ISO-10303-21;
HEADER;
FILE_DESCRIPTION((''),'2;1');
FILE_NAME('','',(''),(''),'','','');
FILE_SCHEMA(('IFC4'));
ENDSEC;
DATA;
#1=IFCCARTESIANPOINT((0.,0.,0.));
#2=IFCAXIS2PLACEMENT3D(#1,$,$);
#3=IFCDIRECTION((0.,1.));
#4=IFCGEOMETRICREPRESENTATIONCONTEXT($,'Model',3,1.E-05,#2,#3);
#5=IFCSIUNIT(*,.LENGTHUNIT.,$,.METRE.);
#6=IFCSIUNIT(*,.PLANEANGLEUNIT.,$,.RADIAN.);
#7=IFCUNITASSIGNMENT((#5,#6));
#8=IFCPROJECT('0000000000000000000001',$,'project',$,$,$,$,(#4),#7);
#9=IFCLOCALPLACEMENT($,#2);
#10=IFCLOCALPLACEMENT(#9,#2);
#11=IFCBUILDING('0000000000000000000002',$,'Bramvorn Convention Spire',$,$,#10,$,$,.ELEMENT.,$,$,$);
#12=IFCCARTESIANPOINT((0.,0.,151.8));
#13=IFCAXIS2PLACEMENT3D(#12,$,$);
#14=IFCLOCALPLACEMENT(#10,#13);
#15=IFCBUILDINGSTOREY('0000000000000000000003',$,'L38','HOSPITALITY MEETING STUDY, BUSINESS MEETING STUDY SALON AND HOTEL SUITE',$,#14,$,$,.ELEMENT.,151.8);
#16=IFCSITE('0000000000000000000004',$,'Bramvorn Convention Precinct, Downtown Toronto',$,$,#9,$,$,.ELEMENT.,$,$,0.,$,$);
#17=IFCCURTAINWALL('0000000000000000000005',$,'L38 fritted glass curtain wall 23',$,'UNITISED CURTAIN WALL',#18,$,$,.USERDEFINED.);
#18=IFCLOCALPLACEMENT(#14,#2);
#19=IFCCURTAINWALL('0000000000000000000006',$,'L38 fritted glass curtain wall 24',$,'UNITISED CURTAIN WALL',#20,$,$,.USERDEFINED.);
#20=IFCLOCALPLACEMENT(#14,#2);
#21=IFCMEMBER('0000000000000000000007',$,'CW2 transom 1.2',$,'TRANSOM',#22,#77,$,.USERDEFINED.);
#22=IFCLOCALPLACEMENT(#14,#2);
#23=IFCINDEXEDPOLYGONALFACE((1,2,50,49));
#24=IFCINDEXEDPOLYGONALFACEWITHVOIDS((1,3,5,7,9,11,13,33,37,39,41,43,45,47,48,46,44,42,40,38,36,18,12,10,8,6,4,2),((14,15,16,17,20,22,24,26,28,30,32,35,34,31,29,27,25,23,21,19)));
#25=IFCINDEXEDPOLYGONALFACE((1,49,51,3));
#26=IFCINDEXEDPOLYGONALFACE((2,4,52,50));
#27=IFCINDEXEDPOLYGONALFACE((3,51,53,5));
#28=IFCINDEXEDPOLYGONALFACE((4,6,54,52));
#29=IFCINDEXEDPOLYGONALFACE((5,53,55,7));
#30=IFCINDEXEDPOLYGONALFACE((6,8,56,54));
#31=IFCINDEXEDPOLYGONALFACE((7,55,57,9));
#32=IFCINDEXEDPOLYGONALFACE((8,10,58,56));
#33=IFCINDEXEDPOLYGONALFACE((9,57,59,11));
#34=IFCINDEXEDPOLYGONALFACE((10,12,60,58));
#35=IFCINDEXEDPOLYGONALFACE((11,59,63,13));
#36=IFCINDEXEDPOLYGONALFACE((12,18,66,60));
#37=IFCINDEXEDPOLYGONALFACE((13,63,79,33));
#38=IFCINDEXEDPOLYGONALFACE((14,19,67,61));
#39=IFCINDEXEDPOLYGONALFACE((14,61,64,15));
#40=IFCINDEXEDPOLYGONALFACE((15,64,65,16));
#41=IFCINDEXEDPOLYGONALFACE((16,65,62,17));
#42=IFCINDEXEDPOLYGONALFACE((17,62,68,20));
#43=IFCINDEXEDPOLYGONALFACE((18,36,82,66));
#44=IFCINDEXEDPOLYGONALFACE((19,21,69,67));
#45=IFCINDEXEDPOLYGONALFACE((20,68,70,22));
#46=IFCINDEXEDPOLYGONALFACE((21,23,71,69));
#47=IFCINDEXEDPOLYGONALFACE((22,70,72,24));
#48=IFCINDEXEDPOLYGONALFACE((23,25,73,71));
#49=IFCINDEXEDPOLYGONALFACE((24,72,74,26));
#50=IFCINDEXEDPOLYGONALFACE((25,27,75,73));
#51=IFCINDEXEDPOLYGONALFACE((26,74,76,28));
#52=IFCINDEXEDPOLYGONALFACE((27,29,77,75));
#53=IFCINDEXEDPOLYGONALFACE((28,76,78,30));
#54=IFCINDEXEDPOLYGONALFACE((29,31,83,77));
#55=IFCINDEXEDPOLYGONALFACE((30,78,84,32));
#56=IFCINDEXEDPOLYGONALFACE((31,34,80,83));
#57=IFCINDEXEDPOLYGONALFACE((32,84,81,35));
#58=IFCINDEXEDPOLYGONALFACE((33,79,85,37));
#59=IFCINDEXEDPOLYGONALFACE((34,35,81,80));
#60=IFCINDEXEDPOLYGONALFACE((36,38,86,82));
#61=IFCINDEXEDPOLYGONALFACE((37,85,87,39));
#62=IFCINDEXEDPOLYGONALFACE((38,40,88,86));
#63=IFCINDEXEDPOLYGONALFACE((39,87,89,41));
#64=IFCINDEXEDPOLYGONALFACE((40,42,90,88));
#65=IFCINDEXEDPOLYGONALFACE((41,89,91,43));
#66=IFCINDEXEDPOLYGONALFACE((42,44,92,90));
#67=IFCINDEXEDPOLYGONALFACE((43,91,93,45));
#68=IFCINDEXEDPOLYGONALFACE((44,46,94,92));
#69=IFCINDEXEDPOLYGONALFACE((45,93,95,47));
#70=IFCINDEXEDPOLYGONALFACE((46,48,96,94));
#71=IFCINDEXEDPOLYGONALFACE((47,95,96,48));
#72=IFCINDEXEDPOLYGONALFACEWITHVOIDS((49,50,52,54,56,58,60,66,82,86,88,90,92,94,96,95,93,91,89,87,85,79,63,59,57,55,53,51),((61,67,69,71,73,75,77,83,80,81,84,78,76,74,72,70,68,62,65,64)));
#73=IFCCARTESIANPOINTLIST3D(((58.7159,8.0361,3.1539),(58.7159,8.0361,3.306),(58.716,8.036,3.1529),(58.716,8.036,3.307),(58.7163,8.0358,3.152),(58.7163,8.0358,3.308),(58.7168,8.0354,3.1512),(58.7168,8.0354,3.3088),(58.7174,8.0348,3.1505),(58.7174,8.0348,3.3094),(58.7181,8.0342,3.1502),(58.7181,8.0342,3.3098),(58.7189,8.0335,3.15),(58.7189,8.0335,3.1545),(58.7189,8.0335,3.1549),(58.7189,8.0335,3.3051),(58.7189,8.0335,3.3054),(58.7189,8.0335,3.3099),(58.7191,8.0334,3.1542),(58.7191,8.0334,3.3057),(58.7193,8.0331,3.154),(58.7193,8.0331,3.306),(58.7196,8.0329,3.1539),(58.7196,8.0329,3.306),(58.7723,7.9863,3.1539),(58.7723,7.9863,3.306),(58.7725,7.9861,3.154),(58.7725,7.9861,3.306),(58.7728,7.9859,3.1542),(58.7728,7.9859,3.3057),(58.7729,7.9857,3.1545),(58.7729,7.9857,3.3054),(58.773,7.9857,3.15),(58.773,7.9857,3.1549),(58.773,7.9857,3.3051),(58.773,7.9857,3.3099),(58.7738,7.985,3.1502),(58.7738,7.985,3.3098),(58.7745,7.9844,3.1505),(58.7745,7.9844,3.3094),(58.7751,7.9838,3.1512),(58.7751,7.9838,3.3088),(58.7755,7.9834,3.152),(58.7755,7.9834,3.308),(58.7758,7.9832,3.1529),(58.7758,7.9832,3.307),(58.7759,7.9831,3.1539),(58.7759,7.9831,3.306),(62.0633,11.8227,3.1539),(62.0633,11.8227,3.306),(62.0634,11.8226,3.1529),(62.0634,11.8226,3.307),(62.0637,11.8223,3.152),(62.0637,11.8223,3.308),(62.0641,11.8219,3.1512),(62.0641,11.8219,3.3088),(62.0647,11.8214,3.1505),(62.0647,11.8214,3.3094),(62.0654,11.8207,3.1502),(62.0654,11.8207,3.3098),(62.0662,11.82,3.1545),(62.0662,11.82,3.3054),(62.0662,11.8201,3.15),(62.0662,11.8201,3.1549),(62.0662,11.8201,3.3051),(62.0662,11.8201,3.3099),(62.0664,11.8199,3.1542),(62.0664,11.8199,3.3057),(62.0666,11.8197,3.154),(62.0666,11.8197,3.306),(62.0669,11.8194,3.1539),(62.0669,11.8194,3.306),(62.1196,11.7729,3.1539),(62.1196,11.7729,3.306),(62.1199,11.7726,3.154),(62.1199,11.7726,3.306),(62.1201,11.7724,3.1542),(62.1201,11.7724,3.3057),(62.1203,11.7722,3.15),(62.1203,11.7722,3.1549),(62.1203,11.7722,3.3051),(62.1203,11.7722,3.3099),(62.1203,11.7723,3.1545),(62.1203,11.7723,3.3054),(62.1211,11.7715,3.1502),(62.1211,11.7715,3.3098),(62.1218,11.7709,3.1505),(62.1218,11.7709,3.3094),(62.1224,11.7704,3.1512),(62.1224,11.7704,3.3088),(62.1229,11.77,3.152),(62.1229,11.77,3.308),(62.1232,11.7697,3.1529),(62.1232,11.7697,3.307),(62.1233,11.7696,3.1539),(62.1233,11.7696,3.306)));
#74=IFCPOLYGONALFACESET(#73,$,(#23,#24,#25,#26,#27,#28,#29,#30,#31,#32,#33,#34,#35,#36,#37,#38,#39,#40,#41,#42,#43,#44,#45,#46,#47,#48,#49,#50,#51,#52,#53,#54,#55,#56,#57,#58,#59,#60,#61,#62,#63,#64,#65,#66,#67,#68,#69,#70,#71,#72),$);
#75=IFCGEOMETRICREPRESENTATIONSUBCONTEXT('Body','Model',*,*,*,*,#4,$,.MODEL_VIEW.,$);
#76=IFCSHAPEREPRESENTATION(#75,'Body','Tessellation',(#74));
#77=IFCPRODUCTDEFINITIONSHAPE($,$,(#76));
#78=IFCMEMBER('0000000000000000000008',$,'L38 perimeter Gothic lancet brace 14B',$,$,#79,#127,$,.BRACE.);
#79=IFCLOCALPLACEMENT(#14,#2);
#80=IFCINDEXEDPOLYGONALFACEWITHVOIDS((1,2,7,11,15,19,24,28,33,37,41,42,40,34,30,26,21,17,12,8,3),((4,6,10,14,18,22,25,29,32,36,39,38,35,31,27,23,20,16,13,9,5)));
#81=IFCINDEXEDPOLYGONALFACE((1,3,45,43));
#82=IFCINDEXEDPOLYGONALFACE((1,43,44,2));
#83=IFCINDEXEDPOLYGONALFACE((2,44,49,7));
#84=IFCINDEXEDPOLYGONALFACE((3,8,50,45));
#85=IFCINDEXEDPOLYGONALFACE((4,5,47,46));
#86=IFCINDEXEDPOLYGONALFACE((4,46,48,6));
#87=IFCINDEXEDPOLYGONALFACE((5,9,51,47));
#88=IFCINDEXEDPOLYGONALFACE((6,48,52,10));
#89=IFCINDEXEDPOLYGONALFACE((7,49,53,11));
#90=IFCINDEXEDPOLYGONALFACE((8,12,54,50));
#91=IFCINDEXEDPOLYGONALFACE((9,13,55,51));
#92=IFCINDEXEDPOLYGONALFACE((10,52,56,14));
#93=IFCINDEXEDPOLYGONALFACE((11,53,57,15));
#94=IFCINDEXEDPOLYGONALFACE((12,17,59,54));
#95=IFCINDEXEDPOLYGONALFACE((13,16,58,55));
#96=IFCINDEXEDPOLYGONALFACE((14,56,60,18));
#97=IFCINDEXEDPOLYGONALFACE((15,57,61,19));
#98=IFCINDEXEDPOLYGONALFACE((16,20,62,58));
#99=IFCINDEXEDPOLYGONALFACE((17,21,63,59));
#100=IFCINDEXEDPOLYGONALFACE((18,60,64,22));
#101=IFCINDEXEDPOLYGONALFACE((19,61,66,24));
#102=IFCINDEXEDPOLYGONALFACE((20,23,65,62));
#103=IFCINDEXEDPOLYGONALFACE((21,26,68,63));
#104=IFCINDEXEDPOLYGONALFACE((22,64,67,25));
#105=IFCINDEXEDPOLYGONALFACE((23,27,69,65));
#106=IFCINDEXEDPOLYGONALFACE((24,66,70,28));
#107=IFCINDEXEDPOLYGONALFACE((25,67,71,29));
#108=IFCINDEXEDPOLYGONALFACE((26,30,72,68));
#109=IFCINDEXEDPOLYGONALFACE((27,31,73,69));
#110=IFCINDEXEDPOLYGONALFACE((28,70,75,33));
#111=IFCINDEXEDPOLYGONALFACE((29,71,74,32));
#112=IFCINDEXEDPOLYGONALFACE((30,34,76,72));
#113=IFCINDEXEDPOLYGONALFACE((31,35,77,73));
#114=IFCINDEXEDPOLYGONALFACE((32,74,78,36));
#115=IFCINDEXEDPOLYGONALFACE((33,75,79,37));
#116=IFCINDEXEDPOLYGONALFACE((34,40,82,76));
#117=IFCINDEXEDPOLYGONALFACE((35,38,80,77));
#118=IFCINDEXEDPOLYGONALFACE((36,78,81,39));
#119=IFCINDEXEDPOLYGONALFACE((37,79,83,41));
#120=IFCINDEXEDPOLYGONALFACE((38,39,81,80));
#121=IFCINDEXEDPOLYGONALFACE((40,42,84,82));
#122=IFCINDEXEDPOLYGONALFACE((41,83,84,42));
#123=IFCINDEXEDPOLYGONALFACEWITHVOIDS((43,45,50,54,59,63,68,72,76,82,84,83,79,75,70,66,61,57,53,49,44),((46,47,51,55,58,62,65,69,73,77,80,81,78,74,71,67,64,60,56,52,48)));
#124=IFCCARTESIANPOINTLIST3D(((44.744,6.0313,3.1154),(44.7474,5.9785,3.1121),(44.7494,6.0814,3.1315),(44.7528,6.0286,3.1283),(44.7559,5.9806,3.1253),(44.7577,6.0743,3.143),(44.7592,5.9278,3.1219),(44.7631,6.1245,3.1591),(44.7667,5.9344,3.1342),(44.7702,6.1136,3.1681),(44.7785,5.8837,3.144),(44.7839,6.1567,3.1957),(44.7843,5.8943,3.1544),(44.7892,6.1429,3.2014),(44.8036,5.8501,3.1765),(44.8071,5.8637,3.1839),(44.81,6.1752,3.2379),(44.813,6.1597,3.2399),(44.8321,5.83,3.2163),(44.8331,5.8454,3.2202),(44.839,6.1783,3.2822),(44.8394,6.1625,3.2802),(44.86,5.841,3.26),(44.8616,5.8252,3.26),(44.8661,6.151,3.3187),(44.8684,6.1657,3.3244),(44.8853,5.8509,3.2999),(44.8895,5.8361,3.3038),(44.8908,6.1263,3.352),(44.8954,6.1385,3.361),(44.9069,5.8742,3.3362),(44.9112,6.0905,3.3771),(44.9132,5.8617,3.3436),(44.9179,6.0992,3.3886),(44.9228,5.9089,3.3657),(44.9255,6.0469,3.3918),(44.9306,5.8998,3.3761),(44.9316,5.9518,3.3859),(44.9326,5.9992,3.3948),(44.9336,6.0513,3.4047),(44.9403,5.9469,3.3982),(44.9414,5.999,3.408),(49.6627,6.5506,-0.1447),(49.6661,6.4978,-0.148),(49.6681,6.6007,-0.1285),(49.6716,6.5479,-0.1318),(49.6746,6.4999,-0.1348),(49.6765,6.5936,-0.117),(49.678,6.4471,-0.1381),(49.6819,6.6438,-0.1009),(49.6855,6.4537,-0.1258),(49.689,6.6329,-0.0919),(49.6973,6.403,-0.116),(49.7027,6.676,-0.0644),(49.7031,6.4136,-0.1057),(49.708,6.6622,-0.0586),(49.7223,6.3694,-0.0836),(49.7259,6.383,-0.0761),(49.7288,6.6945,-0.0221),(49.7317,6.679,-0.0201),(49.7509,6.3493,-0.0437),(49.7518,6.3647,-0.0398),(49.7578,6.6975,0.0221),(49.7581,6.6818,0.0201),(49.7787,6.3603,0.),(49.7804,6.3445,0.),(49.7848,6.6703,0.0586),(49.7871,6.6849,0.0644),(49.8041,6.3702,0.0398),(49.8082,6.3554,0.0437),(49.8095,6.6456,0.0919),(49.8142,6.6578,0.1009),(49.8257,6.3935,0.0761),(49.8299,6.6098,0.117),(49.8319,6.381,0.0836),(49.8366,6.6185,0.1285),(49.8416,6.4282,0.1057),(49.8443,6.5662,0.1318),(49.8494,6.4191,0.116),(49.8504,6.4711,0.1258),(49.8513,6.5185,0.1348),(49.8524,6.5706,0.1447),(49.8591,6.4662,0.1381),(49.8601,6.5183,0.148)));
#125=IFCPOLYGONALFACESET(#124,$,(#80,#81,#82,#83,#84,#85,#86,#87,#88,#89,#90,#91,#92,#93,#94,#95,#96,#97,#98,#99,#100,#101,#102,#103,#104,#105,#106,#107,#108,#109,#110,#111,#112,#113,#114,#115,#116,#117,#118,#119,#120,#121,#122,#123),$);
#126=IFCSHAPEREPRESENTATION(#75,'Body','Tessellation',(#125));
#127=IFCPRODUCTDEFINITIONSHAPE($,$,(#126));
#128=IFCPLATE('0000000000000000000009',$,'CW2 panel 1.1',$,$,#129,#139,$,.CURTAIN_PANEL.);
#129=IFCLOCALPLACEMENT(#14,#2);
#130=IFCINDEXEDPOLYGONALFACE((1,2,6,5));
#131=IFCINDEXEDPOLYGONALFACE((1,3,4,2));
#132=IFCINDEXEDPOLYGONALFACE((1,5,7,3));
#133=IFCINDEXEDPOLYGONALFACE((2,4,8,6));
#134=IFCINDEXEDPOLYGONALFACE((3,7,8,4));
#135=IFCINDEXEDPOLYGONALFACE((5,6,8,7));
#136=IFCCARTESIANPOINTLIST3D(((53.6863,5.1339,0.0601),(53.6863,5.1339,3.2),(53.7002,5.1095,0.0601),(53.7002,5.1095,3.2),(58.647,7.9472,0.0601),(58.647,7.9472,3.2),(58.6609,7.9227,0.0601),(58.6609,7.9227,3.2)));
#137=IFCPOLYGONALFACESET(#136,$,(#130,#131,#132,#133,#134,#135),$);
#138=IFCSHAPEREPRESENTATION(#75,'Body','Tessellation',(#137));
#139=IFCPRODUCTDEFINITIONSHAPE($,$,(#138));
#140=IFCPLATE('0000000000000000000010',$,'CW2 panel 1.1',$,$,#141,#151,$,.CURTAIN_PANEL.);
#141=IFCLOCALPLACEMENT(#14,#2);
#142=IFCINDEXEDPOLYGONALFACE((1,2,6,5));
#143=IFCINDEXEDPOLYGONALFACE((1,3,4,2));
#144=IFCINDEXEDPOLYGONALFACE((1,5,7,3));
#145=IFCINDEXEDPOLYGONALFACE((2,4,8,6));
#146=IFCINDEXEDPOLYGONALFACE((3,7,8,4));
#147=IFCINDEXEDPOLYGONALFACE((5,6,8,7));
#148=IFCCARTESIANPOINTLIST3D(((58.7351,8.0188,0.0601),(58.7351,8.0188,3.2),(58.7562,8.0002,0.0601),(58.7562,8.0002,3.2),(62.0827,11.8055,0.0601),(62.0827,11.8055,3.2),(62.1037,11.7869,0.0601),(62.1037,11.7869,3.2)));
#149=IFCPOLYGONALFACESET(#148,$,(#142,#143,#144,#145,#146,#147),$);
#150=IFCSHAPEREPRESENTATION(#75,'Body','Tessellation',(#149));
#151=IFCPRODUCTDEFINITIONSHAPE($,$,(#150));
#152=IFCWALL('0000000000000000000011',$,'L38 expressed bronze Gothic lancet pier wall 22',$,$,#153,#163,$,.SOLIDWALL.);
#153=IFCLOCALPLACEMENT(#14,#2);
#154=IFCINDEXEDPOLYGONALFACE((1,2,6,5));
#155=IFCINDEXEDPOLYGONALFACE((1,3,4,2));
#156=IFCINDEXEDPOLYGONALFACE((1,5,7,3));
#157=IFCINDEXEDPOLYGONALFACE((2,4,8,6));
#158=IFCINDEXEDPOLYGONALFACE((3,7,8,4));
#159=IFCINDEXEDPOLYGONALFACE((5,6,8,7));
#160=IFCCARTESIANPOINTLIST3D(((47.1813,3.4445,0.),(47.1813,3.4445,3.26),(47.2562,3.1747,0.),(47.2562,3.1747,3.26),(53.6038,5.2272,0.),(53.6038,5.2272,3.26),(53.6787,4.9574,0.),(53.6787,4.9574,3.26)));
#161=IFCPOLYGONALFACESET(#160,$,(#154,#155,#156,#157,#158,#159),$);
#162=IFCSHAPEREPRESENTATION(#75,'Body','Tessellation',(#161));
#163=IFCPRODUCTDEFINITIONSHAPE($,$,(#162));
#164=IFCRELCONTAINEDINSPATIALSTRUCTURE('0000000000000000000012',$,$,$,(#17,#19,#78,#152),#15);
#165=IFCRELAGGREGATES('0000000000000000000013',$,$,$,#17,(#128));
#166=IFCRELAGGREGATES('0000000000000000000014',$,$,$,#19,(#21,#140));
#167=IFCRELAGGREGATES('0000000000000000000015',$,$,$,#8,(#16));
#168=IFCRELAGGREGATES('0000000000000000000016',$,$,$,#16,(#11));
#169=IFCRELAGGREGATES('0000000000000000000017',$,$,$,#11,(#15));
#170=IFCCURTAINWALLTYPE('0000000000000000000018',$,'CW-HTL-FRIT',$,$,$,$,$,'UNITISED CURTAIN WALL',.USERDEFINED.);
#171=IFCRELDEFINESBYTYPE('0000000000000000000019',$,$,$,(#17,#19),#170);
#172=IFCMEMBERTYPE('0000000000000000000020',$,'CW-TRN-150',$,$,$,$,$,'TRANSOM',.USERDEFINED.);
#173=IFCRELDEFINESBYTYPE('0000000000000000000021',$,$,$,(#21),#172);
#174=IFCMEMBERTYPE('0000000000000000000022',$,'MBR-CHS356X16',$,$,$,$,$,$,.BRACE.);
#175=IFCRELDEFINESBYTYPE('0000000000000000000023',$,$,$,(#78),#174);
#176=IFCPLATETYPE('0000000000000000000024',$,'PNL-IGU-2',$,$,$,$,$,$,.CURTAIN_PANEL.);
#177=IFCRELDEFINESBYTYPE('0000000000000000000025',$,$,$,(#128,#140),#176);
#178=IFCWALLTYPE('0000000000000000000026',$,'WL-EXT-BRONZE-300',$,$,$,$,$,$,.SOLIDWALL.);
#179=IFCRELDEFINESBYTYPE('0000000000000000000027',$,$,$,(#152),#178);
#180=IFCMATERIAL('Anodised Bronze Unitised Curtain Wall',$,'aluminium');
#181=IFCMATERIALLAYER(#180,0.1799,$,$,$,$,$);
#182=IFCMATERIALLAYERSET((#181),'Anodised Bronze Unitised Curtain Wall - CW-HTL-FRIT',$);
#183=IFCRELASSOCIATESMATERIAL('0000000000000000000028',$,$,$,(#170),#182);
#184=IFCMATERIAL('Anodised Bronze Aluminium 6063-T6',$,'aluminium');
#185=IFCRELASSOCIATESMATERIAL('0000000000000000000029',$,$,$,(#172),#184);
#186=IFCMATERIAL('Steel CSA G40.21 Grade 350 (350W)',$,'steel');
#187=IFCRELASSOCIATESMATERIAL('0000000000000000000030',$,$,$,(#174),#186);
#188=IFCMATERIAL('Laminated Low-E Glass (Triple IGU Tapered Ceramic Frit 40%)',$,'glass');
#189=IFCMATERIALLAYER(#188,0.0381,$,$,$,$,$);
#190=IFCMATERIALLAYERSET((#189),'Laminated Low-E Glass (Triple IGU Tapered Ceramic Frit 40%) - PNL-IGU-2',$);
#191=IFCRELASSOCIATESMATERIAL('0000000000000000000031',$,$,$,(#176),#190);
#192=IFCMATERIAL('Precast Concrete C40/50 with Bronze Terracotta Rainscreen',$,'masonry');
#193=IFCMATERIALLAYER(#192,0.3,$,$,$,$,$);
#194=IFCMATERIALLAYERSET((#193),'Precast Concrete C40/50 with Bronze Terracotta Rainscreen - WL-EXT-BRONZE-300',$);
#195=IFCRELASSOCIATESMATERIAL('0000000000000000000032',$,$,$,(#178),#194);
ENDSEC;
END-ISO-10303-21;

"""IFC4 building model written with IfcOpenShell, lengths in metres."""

from ifc_helpers import new_model, si_unit, direction, frame, frame_2d, origin, origin_2d, place, context, subcontext, project, spatial, rectangle, hollow_rectangle, hollow_circle, extrude, material, layer, layer_set, material_profile, profile_set, type_object, element, aggregate, save


model = new_model("IFC4")

# Units and contexts
model_context = context("Model", 3, precision=1e-05, world=origin(), true_north=direction((0.0, 1.0)))
body_context = subcontext(model_context, "Body", "Model", "MODEL_VIEW")
ifc_project = project(units=[si_unit("LENGTHUNIT", "METRE"), si_unit("PLANEANGLEUNIT", "RADIAN")], contexts=[model_context])

# Site, building, storey
site_placement = place(None, origin())
site = spatial("IfcSite", under=ifc_project, at=site_placement, Name="Bramvorn Convention Precinct, Downtown Toronto", CompositionType="ELEMENT", RefElevation=0.0)
building_placement = place(site_placement, origin())
building = spatial("IfcBuilding", under=site, at=building_placement, Name="Bramvorn Convention Spire", CompositionType="ELEMENT")
storey_placement = place(building_placement, frame((0.0, 0.0, 151.8)))
storey = spatial("IfcBuildingStorey", under=building, at=storey_placement, Name="L38", Description="HOSPITALITY MEETING STUDY, BUSINESS MEETING STUDY SALON AND HOTEL SUITE", CompositionType="ELEMENT", Elevation=151.8)

# Shared definitions
ifc_material_1 = material(Name="Steel CSA G40.21 Grade 350 (350W)", Category="steel")

# Curtain walls
ifc_material_2 = material(Name="Anodised Bronze Unitised Curtain Wall", Category="aluminium")
ifc_layer_1 = layer(ifc_material_2, 0.1799)
ifc_layer_set_1 = layer_set([ifc_layer_1], Name="Anodised Bronze Unitised Curtain Wall - CW-HTL-FRIT")
curtain_wall_type = type_object("IfcCurtainWallType", Name="CW-HTL-FRIT", ElementType="UNITISED CURTAIN WALL", PredefinedType="USERDEFINED", material=ifc_layer_set_1)
curtain_wall_1_placement = place(storey_placement, origin())
curtain_wall_1 = element("IfcCurtainWall", 1, at=curtain_wall_1_placement, inside=storey, type_object=curtain_wall_type, Name="L38 fritted glass curtain wall 23", ObjectType="UNITISED CURTAIN WALL", PredefinedType="USERDEFINED")
ifc_material_3 = material(Name="Anodised Bronze Aluminium 6063-T6", Category="aluminium")
curtain_wall_2_placement = place(storey_placement, origin())
curtain_wall_2 = element("IfcCurtainWall", 2, at=curtain_wall_2_placement, inside=storey, type_object=curtain_wall_type, Name="L38 fritted glass curtain wall 24", ObjectType="UNITISED CURTAIN WALL", PredefinedType="USERDEFINED")

# Members
ifc_material_profile_1 = material_profile(ifc_material_3, hollow_rectangle(XDim=0.0801, YDim=0.1599, WallThickness=0.0039, InnerFilletRadius=0.001, OuterFilletRadius=0.0039, at=origin_2d()))
ifc_profile_set_1 = profile_set([ifc_material_profile_1], Name="Anodised Bronze Aluminium 6063-T6 - CWT80X160")
member_type_1 = type_object("IfcMemberType", Name="CW-TRN-150", ElementType="TRANSOM", PredefinedType="USERDEFINED", material=ifc_profile_set_1)
member_1_placement = place(storey_placement, frame((62.0933, 11.7961, 3.23), z_axis=(-0.66232, -0.749221, 0.0), x_axis=(0.749221, -0.66232, 0.0)))
member_1 = element("IfcMember", 3, at=member_1_placement, type_object=member_type_1, Name="CW2 transom 1.2", ObjectType="TRANSOM", PredefinedType="USERDEFINED", context=body_context, shape_type="SweptSolid", body=[
    extrude(hollow_rectangle(XDim=0.0801, YDim=0.1599, WallThickness=0.0039, InnerFilletRadius=0.001, OuterFilletRadius=0.0039, at=origin_2d()), origin(), (0.0, 0.0, 1.0), 5.054),
])
ifc_material_profile_2 = material_profile(ifc_material_1, hollow_circle(Radius=0.1777, WallThickness=0.0159, at=origin_2d()))
ifc_profile_set_2 = profile_set([ifc_material_profile_2], Name="Steel CSA G40.21 Grade 350 (350W) - CHS356X16")
member_type_2 = type_object("IfcMemberType", Name="MBR-CHS356X16", PredefinedType="BRACE", material=ifc_profile_set_2)
member_2_placement = place(storey_placement, frame((49.7617, 6.5212, 0.0), z_axis=(-0.830334, -0.087662, 0.550328), x_axis=(0.104991, -0.994473, 0.0)))
element("IfcMember", 4, at=member_2_placement, inside=storey, type_object=member_type_2, Name="L38 perimeter Gothic lancet brace 14B", PredefinedType="BRACE", context=body_context, shape_type="SweptSolid", body=[
    extrude(hollow_circle(Radius=0.1777, WallThickness=0.0159, at=origin_2d()), origin(), (0.0, 0.0, 1.0), 5.9238),
])

# Plates
ifc_material_4 = material(Name="Laminated Low-E Glass (Triple IGU Tapered Ceramic Frit 40%)", Category="glass")
ifc_layer_2 = layer(ifc_material_4, 0.0381)
ifc_layer_set_2 = layer_set([ifc_layer_2], Name="Laminated Low-E Glass (Triple IGU Tapered Ceramic Frit 40%) - PNL-IGU-2")
plate_type = type_object("IfcPlateType", Name="PNL-IGU-2", PredefinedType="CURTAIN_PANEL", material=ifc_layer_set_2)
plate_1_placement = place(storey_placement, frame((56.1736, 6.5283, 0.0601), z_axis=(0.0, 0.0, 1.0), x_axis=(-0.869858, -0.493303, 0.0)))
plate_1 = element("IfcPlate", 5, at=plate_1_placement, type_object=plate_type, Name="CW2 panel 1.1", PredefinedType="CURTAIN_PANEL", context=body_context, shape_type="SweptSolid", body=[
    extrude(rectangle(XDim=5.7029, YDim=0.0281, at=origin_2d()), origin(), (0.0, 0.0, 1.0), 3.1399),
])
aggregate(curtain_wall_1, [plate_1])
plate_2_placement = place(storey_placement, frame((60.4194, 9.9028, 0.0601), z_axis=(0.0, 0.0, 1.0), x_axis=(-0.662335, -0.749208, 0.0)))
plate_2 = element("IfcPlate", 6, at=plate_2_placement, type_object=plate_type, Name="CW2 panel 1.1", PredefinedType="CURTAIN_PANEL", context=body_context, shape_type="SweptSolid", body=[
    extrude(rectangle(XDim=5.0542, YDim=0.0281, at=origin_2d()), origin(), (0.0, 0.0, 1.0), 3.1399),
])
aggregate(curtain_wall_2, [member_1, plate_2])

# Wall
ifc_material_5 = material(Name="Precast Concrete C40/50 with Bronze Terracotta Rainscreen", Category="masonry")
ifc_layer_3 = layer(ifc_material_5, 0.3)
ifc_layer_set_3 = layer_set([ifc_layer_3], Name="Precast Concrete C40/50 with Bronze Terracotta Rainscreen - WL-EXT-BRONZE-300")
wall_type = type_object("IfcWallType", Name="WL-EXT-BRONZE-300", PredefinedType="SOLIDWALL", material=ifc_layer_set_3)
wall_placement = place(storey_placement, frame((53.6411, 5.0923, 0.0), z_axis=(0.0, 0.0, 1.0), x_axis=(-0.963567, -0.267466, 0.0)))
element("IfcWall", 7, at=wall_placement, inside=storey, type_object=wall_type, Name="L38 expressed bronze Gothic lancet pier wall 22", PredefinedType="SOLIDWALL", context=body_context, shape_type="SweptSolid", body=[
    extrude(rectangle(XDim=6.6653, YDim=0.28, at=frame_2d((3.3325, 0.0))), origin(), (0.0, 0.0, 1.0), 3.26),
])

save(model, "model.ifc")
